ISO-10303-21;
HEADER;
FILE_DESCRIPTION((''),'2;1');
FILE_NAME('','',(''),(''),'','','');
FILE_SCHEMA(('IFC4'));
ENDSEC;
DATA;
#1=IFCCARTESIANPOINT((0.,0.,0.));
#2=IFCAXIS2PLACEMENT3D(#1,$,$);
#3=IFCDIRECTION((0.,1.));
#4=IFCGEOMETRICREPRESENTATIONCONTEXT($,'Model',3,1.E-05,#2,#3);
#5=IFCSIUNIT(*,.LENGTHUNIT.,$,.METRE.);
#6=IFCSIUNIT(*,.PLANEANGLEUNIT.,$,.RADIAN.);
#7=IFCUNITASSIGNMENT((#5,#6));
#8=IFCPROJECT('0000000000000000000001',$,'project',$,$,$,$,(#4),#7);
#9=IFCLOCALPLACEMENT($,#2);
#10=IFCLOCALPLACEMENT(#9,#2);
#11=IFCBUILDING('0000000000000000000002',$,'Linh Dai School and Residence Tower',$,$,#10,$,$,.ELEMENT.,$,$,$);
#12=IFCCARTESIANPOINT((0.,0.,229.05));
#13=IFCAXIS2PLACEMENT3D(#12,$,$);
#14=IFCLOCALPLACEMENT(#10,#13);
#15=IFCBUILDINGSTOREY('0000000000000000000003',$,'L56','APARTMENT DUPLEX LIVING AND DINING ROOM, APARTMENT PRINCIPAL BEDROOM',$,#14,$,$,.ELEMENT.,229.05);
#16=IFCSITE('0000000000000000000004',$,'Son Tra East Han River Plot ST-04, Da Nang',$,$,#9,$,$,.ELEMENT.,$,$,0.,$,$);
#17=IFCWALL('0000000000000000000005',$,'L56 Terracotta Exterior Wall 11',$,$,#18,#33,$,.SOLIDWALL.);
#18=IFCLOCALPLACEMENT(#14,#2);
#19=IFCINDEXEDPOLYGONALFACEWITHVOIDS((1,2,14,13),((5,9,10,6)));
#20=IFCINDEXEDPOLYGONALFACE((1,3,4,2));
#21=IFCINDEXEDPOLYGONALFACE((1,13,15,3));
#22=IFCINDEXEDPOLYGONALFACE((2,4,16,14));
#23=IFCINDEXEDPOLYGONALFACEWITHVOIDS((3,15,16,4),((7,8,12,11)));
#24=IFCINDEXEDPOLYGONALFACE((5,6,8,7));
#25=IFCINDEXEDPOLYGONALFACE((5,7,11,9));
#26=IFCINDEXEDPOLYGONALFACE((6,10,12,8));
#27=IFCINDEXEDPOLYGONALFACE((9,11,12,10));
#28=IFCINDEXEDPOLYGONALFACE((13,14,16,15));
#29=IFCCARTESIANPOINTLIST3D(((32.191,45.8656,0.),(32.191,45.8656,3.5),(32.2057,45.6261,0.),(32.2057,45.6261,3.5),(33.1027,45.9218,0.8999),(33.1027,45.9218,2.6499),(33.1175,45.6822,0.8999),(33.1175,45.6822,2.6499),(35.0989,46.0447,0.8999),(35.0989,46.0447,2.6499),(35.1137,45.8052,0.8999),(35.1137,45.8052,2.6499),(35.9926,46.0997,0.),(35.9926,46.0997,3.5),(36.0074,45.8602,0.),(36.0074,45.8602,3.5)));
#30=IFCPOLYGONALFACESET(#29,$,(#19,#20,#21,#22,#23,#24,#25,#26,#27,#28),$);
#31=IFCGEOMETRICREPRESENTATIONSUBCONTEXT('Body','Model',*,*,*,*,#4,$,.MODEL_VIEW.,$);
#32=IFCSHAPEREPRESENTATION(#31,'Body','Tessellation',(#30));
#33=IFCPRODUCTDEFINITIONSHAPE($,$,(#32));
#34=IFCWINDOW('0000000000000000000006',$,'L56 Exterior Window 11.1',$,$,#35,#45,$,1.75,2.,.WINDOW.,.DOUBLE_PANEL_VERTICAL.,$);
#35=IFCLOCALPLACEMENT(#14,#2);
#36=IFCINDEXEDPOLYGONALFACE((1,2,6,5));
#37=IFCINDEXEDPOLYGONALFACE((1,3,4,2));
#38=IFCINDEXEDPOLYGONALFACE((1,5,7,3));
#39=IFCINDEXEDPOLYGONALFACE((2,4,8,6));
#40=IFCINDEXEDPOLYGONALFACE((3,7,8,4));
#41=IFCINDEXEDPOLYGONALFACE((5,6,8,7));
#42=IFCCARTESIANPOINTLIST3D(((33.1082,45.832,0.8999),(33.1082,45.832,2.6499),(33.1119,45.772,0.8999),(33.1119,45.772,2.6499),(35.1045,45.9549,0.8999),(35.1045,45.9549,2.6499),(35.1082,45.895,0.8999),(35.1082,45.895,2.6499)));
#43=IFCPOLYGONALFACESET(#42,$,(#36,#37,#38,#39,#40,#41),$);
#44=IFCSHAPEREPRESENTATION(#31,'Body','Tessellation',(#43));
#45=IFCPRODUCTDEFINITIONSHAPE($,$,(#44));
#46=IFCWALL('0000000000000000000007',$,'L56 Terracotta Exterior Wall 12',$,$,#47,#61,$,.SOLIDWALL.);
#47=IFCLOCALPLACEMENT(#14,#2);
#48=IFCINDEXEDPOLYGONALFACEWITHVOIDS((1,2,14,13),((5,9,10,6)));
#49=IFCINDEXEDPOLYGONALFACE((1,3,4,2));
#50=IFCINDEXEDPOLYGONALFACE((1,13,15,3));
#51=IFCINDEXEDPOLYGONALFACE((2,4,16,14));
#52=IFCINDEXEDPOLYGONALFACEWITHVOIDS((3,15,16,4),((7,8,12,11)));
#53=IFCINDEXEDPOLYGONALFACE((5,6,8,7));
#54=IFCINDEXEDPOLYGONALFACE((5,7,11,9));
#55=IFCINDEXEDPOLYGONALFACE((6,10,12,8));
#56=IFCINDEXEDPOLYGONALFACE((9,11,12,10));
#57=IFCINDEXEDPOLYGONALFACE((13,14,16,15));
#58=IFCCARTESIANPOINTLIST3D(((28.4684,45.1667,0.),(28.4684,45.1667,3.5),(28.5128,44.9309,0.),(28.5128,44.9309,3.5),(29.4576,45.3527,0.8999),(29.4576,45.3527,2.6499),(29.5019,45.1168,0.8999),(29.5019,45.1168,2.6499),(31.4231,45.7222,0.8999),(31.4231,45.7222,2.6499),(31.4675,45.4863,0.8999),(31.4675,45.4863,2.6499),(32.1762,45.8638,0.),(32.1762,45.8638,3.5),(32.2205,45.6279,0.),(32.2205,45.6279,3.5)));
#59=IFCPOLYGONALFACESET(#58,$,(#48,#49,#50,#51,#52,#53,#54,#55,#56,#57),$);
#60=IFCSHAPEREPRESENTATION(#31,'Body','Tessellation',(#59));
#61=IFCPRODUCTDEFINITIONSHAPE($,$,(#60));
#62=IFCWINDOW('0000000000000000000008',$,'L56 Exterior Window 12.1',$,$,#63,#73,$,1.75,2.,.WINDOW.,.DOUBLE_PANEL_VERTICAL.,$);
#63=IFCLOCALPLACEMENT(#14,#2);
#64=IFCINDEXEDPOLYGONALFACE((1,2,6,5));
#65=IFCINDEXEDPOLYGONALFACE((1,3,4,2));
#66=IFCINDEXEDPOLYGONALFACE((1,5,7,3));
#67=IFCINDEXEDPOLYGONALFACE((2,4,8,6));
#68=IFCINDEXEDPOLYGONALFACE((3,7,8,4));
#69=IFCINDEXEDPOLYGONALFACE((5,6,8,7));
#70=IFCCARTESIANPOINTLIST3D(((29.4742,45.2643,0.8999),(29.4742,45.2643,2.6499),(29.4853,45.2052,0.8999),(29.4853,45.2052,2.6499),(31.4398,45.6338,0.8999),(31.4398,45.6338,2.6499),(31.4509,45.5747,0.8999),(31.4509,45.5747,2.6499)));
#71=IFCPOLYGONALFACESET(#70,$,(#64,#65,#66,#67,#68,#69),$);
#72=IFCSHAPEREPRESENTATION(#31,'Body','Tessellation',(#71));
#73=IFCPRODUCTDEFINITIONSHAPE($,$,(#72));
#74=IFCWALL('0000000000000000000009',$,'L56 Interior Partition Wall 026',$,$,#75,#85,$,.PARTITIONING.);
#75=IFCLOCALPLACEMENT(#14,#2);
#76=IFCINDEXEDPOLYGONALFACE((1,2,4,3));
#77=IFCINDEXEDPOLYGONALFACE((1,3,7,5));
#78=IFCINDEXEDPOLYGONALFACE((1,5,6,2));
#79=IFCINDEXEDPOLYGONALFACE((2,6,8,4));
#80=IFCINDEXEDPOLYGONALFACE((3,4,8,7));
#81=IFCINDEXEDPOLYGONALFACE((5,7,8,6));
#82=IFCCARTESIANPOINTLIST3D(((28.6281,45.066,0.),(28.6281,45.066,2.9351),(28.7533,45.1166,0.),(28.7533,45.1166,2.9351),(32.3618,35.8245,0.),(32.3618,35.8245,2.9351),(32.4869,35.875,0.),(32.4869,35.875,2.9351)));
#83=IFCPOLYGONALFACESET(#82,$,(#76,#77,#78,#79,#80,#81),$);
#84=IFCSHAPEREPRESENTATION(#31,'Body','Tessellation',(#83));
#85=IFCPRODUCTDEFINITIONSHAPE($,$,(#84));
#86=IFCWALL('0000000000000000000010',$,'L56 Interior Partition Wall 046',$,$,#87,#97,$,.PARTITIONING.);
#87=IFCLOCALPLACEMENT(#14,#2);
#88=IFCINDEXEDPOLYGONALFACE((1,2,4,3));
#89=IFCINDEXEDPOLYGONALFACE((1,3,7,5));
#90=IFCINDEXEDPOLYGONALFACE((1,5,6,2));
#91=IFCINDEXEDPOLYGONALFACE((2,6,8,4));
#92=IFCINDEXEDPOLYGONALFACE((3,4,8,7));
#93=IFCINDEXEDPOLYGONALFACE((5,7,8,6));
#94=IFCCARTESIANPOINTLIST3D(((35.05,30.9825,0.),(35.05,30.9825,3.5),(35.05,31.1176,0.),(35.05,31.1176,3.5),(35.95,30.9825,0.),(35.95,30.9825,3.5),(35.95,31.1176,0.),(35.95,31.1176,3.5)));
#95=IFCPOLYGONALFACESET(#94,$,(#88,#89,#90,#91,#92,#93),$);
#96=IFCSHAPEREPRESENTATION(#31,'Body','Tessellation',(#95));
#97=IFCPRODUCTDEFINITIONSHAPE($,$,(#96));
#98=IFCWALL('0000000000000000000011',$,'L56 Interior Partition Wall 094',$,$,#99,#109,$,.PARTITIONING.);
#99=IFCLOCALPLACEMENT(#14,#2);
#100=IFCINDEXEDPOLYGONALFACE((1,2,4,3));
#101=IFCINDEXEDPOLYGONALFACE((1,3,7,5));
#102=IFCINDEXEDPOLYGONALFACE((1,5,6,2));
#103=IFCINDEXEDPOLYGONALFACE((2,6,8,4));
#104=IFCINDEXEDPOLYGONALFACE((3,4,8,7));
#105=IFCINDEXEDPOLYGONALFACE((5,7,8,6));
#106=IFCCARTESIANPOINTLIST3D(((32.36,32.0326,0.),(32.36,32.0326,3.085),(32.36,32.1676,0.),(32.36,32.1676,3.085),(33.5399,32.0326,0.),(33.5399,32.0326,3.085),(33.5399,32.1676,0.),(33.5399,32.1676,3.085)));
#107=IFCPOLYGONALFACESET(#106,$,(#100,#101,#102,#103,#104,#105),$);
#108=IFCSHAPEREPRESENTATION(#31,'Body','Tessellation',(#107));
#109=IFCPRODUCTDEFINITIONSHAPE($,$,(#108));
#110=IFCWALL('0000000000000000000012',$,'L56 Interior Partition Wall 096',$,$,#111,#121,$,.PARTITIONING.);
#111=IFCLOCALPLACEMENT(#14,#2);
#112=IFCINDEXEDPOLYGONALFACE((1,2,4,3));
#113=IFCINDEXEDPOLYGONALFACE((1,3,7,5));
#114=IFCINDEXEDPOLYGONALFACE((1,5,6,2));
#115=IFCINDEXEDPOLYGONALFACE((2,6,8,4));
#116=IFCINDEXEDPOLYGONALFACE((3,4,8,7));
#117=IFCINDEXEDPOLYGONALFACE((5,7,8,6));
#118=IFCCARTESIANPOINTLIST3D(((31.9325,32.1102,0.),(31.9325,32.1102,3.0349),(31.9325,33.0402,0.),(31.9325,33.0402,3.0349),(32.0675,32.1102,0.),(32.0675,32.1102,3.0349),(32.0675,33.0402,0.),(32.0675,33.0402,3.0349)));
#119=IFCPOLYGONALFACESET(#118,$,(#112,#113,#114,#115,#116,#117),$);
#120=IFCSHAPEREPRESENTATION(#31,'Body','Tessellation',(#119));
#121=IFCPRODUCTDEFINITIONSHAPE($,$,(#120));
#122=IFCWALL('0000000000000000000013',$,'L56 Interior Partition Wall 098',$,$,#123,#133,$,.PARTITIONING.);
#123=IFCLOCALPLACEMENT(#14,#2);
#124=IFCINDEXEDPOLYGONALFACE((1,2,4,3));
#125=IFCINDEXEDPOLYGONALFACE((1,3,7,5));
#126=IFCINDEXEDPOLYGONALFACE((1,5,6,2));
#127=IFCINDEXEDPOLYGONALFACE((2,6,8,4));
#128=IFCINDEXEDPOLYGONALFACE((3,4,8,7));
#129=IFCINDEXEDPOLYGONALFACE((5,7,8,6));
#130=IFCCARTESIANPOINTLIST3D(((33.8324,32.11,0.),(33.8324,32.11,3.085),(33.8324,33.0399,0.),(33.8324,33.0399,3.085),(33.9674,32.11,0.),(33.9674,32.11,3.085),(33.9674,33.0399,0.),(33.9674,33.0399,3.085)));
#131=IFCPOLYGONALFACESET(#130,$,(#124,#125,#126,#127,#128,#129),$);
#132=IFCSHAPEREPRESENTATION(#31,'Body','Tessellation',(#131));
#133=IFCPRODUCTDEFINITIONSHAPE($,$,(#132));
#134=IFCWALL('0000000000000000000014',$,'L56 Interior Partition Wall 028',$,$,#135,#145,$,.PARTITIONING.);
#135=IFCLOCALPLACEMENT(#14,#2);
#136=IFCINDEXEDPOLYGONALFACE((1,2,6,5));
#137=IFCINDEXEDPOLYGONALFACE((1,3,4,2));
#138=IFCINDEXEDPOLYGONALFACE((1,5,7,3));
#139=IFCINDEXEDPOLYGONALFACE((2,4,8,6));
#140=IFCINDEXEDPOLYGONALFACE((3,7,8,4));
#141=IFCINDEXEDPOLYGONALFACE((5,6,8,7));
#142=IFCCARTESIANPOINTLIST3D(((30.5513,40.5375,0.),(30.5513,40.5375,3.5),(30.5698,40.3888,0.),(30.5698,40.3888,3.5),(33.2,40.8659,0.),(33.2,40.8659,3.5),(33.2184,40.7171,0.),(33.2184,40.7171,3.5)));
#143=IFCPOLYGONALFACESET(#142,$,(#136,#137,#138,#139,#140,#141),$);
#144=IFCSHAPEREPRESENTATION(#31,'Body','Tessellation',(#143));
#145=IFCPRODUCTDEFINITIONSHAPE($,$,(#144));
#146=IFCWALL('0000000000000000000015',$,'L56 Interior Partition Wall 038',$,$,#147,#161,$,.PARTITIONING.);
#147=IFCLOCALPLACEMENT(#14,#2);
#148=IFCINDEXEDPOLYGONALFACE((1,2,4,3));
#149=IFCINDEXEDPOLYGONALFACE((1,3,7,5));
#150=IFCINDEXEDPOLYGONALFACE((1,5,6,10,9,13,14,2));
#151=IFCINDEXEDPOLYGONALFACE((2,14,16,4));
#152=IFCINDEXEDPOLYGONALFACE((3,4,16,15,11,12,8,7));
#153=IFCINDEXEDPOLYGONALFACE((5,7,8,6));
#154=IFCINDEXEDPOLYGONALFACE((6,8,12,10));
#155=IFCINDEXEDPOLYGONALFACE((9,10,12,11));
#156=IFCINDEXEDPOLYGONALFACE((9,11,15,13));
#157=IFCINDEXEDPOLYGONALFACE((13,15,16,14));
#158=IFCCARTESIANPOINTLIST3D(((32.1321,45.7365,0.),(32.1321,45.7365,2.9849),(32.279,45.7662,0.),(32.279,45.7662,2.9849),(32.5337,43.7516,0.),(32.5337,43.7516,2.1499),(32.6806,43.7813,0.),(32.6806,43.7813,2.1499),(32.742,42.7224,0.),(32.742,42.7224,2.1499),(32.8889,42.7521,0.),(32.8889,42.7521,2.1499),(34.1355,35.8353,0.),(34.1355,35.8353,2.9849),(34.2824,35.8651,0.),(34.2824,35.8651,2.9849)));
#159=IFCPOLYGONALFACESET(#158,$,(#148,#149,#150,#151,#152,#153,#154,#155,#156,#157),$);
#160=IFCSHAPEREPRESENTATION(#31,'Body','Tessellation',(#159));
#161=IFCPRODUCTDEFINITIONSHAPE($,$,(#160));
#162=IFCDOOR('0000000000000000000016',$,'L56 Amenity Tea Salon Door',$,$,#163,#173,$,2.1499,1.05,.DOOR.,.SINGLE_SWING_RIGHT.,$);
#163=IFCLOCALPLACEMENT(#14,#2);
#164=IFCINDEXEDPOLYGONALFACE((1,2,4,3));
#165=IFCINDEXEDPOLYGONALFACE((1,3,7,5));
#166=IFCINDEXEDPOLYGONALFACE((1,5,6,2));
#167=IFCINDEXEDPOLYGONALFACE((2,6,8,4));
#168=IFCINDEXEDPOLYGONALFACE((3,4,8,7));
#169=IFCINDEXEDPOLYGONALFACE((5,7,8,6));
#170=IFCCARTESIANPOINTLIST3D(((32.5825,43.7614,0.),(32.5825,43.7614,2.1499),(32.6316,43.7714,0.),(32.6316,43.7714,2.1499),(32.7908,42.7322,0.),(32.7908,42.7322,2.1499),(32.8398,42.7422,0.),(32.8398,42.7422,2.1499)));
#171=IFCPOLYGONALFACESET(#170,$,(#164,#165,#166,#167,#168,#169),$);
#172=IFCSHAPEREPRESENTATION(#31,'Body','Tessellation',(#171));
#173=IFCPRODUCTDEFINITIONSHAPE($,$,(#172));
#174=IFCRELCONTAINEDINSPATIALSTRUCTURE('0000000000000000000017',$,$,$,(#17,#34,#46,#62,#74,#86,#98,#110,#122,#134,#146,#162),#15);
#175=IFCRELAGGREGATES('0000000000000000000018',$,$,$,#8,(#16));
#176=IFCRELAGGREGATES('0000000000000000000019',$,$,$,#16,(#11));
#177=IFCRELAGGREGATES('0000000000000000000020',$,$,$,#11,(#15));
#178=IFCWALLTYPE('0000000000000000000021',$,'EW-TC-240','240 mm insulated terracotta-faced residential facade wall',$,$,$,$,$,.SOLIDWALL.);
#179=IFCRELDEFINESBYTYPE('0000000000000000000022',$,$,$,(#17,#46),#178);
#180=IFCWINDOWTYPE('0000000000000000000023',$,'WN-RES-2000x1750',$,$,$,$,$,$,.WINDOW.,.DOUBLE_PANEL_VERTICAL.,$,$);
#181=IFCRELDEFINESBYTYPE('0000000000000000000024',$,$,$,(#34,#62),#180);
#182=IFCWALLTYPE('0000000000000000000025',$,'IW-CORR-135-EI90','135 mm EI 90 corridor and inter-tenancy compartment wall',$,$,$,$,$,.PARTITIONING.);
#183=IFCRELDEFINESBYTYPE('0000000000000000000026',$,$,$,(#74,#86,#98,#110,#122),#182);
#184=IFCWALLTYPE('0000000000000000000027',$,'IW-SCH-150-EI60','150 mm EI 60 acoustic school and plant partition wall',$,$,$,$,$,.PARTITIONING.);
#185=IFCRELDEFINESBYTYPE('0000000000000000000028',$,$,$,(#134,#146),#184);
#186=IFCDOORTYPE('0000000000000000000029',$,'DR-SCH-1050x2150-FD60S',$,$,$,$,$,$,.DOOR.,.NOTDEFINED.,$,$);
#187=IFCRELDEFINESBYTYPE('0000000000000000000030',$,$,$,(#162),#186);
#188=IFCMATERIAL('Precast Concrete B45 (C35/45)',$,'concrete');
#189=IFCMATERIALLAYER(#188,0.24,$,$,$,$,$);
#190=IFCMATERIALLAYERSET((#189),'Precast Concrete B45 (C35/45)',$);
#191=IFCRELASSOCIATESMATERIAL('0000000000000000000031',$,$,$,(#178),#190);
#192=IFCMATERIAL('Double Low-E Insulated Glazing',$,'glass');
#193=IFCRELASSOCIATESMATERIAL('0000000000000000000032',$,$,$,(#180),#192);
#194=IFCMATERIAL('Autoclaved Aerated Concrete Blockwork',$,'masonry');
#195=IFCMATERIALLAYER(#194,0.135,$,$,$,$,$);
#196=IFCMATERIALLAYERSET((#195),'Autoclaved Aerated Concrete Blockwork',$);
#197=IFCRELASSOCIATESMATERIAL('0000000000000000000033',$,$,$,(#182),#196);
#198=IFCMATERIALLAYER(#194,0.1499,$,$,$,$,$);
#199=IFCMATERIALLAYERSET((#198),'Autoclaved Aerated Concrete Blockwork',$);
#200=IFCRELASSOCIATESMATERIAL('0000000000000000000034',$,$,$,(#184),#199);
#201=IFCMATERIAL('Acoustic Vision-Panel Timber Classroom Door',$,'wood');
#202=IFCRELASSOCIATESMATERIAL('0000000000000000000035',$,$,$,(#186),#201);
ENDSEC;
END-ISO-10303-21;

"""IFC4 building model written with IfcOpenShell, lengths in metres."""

from ifc_helpers import new_model, si_unit, direction, frame, frame_2d, origin, origin_2d, place, context, subcontext, project, spatial, rectangle, extrude, source, transform, mapped, material, layer, layer_set, type_object, element, fill, save


model = new_model("IFC4")

# Units and contexts
model_context = context("Model", 3, precision=1e-05, world=origin(), true_north=direction((0.0, 1.0)))
body_context = subcontext(model_context, "Body", "Model", "MODEL_VIEW")
ifc_project = project(units=[si_unit("LENGTHUNIT", "METRE"), si_unit("PLANEANGLEUNIT", "RADIAN")], contexts=[model_context])

# Site, building, storey
site_placement = place(None, origin())
site = spatial("IfcSite", under=ifc_project, at=site_placement, Name="Son Tra East Han River Plot ST-04, Da Nang", CompositionType="ELEMENT", RefElevation=0.0)
building_placement = place(site_placement, origin())
building = spatial("IfcBuilding", under=site, at=building_placement, Name="Linh Dai School and Residence Tower", CompositionType="ELEMENT")
storey_placement = place(building_placement, frame((0.0, 0.0, 229.05)))
storey = spatial("IfcBuildingStorey", under=building, at=storey_placement, Name="L56", Description="APARTMENT DUPLEX LIVING AND DINING ROOM, APARTMENT PRINCIPAL BEDROOM", CompositionType="ELEMENT", Elevation=229.05)

# Walls, openings, windows
ifc_material_1 = material(Name="Precast Concrete B45 (C35/45)", Category="concrete")
ifc_layer_1 = layer(ifc_material_1, 0.24)
ifc_layer_set_1 = layer_set([ifc_layer_1], Name="Precast Concrete B45 (C35/45)")
wall_type_1 = type_object("IfcWallType", Name="EW-TC-240", Description="240 mm insulated terracotta-faced residential facade wall", PredefinedType="SOLIDWALL", material=ifc_layer_set_1)
wall_1_placement = place(storey_placement, frame((32.1985, 45.7458, 0.0), z_axis=(0.0, 0.0, 1.0), x_axis=(0.998109, 0.061472, 0.0)))
wall_1 = element("IfcWall", 1, at=wall_1_placement, inside=storey, type_object=wall_type_1, Name="L56 Terracotta Exterior Wall 11", PredefinedType="SOLIDWALL", context=body_context, shape_type="SweptSolid", body=[
    extrude(rectangle(XDim=3.8088, YDim=0.24, at=frame_2d((1.9043, 0.0))), origin(), (0.0, 0.0, 1.0), 3.5),
])
opening_1_placement = place(wall_1_placement, frame((0.9133, 0.0, 0.8999)))
opening_1 = element("IfcOpeningElement", 2, at=opening_1_placement, cuts=wall_1, PredefinedType="OPENING", context=body_context, shape_type="SweptSolid", body=[
    extrude(rectangle(XDim=2.0, YDim=1.75, at=origin_2d()), frame((1.0, 0.1299, 0.875), z_axis=(0.0, -1.0, 0.0), x_axis=(1.0, 0.0, 0.0)), (0.0, 0.0, 1.0), 0.26),
])
ifc_material_2 = material(Name="Double Low-E Insulated Glazing", Category="glass")
window_type = type_object("IfcWindowType", Name="WN-RES-2000x1750", PartitioningType="DOUBLE_PANEL_VERTICAL", PredefinedType="WINDOW", material=ifc_material_2)
shared_shape_1 = source(origin(), body_context, "Body", "SweptSolid", [
    extrude(rectangle(XDim=2.0, YDim=1.75, at=origin_2d()), frame((1.0, 0.03, 0.875), z_axis=(0.0, -1.0, 0.0), x_axis=(1.0, 0.0, 0.0)), (0.0, 0.0, 1.0), 0.0601),
])
window_1_placement = place(opening_1_placement, origin())
window_1 = element("IfcWindow", 3, at=window_1_placement, inside=storey, type_object=window_type, Name="L56 Exterior Window 11.1", OverallHeight=1.75, OverallWidth=2.0, PartitioningType="DOUBLE_PANEL_VERTICAL", PredefinedType="WINDOW", context=body_context, shape_type="MappedRepresentation", body=[
    mapped(shared_shape_1, transform((0.0, 0.0, 0.0), x_axis=(1.0, 0.0, 0.0), y_axis=(0.0, 1.0, 0.0), z_axis=(0.0, 0.0, 1.0), scale=1.0)),
])
fill(opening_1, window_1)
wall_2_placement = place(storey_placement, frame((28.4907, 45.0488, 0.0), z_axis=(0.0, 0.0, 1.0), x_axis=(0.982785, 0.184753, 0.0)))
wall_2 = element("IfcWall", 4, at=wall_2_placement, inside=storey, type_object=wall_type_1, Name="L56 Terracotta Exterior Wall 12", PredefinedType="SOLIDWALL", context=body_context, shape_type="SweptSolid", body=[
    extrude(rectangle(XDim=3.7727, YDim=0.24, at=frame_2d((1.8862, 0.0))), origin(), (0.0, 0.0, 1.0), 3.5),
])
opening_2_placement = place(wall_2_placement, frame((1.0063, 0.0, 0.8999)))
opening_2 = element("IfcOpeningElement", 5, at=opening_2_placement, cuts=wall_2, PredefinedType="OPENING", context=body_context, shape_type="SweptSolid", body=[
    extrude(rectangle(XDim=2.0, YDim=1.75, at=origin_2d()), frame((1.0, 0.1299, 0.875), z_axis=(0.0, -1.0, 0.0), x_axis=(1.0, 0.0, 0.0)), (0.0, 0.0, 1.0), 0.26),
])
window_2_placement = place(opening_2_placement, origin())
window_2 = element("IfcWindow", 6, at=window_2_placement, inside=storey, type_object=window_type, Name="L56 Exterior Window 12.1", OverallHeight=1.75, OverallWidth=2.0, PartitioningType="DOUBLE_PANEL_VERTICAL", PredefinedType="WINDOW", context=body_context, shape_type="MappedRepresentation", body=[
    mapped(shared_shape_1, transform((0.0, 0.0, 0.0), x_axis=(1.0, 0.0, 0.0), y_axis=(0.0, 1.0, 0.0), z_axis=(0.0, 0.0, 1.0), scale=1.0)),
])
fill(opening_2, window_2)

# Walls
ifc_material_3 = material(Name="Autoclaved Aerated Concrete Blockwork", Category="masonry")
ifc_layer_2 = layer(ifc_material_3, 0.135)
ifc_layer_set_2 = layer_set([ifc_layer_2], Name="Autoclaved Aerated Concrete Blockwork")
wall_type_2 = type_object("IfcWallType", Name="IW-CORR-135-EI90", Description="135 mm EI 90 corridor and inter-tenancy compartment wall", PredefinedType="PARTITIONING", material=ifc_layer_set_2)
wall_3_placement = place(storey_placement, frame((28.6907, 45.0913, 0.0), z_axis=(0.0, 0.0, 1.0), x_axis=(0.374594, -0.927189, 0.0)))
element("IfcWall", 7, at=wall_3_placement, inside=storey, type_object=wall_type_2, Name="L56 Interior Partition Wall 026", PredefinedType="PARTITIONING", context=body_context, shape_type="SweptSolid", body=[
    extrude(rectangle(XDim=9.9673, YDim=0.135, at=frame_2d((4.9836, 0.0))), origin(), (0.0, 0.0, 1.0), 2.9351),
])
wall_4_placement = place(storey_placement, frame((35.05, 31.05, 0.0), z_axis=(0.0, 0.0, 1.0), x_axis=(1.0, 0.0, 0.0)))
element("IfcWall", 8, at=wall_4_placement, inside=storey, type_object=wall_type_2, Name="L56 Interior Partition Wall 046", PredefinedType="PARTITIONING", context=body_context, shape_type="SweptSolid", body=[
    extrude(rectangle(XDim=0.8999, YDim=0.135, at=frame_2d((0.45, 0.0))), origin(), (0.0, 0.0, 1.0), 3.5),
])
wall_5_placement = place(storey_placement, frame((32.3601, 32.1001, 0.0), z_axis=(0.0, 0.0, 1.0), x_axis=(1.0, 0.0, 0.0)))
element("IfcWall", 9, at=wall_5_placement, inside=storey, type_object=wall_type_2, Name="L56 Interior Partition Wall 094", PredefinedType="PARTITIONING", context=body_context, shape_type="SweptSolid", body=[
    extrude(rectangle(XDim=1.1799, YDim=0.135, at=frame_2d((0.5898, 0.0))), origin(), (0.0, 0.0, 1.0), 3.085),
])
wall_6_placement = place(storey_placement, frame((32.0, 33.04, 0.0), z_axis=(0.0, 0.0, 1.0), x_axis=(0.0, -1.0, 0.0)))
element("IfcWall", 10, at=wall_6_placement, inside=storey, type_object=wall_type_2, Name="L56 Interior Partition Wall 096", PredefinedType="PARTITIONING", context=body_context, shape_type="SweptSolid", body=[
    extrude(rectangle(XDim=0.9299, YDim=0.135, at=frame_2d((0.4648, 0.0))), origin(), (0.0, 0.0, 1.0), 3.0349),
])
wall_7_placement = place(storey_placement, frame((33.8999, 32.1101, 0.0), z_axis=(0.0, 0.0, 1.0), x_axis=(0.0, 1.0, 0.0)))
element("IfcWall", 11, at=wall_7_placement, inside=storey, type_object=wall_type_2, Name="L56 Interior Partition Wall 098", PredefinedType="PARTITIONING", context=body_context, shape_type="SweptSolid", body=[
    extrude(rectangle(XDim=0.9299, YDim=0.135, at=frame_2d((0.4648, 0.0))), origin(), (0.0, 0.0, 1.0), 3.085),
])
ifc_layer_3 = layer(ifc_material_3, 0.1499)
ifc_layer_set_3 = layer_set([ifc_layer_3], Name="Autoclaved Aerated Concrete Blockwork")
wall_type_3 = type_object("IfcWallType", Name="IW-SCH-150-EI60", Description="150 mm EI 60 acoustic school and plant partition wall", PredefinedType="PARTITIONING", material=ifc_layer_set_3)
wall_8_placement = place(storey_placement, frame((30.5605, 40.4631, 0.0), z_axis=(0.0, 0.0, 1.0), x_axis=(0.992403, 0.123033, 0.0)))
element("IfcWall", 12, at=wall_8_placement, inside=storey, type_object=wall_type_3, Name="L56 Interior Partition Wall 028", PredefinedType="PARTITIONING", context=body_context, shape_type="SweptSolid", body=[
    extrude(rectangle(XDim=2.6689, YDim=0.1499, at=frame_2d((1.3345, 0.0))), origin(), (0.0, 0.0, 1.0), 3.5),
])

# Wall, opening, door
wall_9_placement = place(storey_placement, frame((32.2056, 45.7512, 0.0), z_axis=(0.0, 0.0, 1.0), x_axis=(0.198323, -0.980137, 0.0)))
wall_9 = element("IfcWall", 13, at=wall_9_placement, inside=storey, type_object=wall_type_3, Name="L56 Interior Partition Wall 038", PredefinedType="PARTITIONING", context=body_context, shape_type="SweptSolid", body=[
    extrude(rectangle(XDim=10.1018, YDim=0.1499, at=frame_2d((5.0508, 0.0))), origin(), (0.0, 0.0, 1.0), 2.9849),
])
opening_3_placement = place(wall_9_placement, frame((2.0251, 0.0, 0.0)))
opening_3 = element("IfcOpeningElement", 14, at=opening_3_placement, cuts=wall_9, PredefinedType="OPENING", context=body_context, shape_type="SweptSolid", body=[
    extrude(rectangle(XDim=1.05, YDim=2.1499, at=origin_2d()), frame((0.5249, 0.085, 1.075), z_axis=(0.0, -1.0, 0.0), x_axis=(1.0, 0.0, 0.0)), (0.0, 0.0, 1.0), 0.1699),
])
ifc_material_4 = material(Name="Acoustic Vision-Panel Timber Classroom Door", Category="wood")
door_type_1 = type_object("IfcDoorType", Name="DR-SCH-1050x2150-FD60S", OperationType="NOTDEFINED", PredefinedType="DOOR", material=ifc_material_4)
shared_shape_2 = source(origin(), body_context, "Body", "SweptSolid", [
    extrude(rectangle(XDim=1.05, YDim=2.1499, at=origin_2d()), frame((0.5249, 0.0249, 1.075), z_axis=(0.0, -1.0, 0.0), x_axis=(1.0, 0.0, 0.0)), (0.0, 0.0, 1.0), 0.05),
])
door_1_placement = place(opening_3_placement, origin())
door_1 = element("IfcDoor", 15, at=door_1_placement, inside=storey, type_object=door_type_1, Name="L56 Amenity Tea Salon Door", OperationType="SINGLE_SWING_RIGHT", OverallHeight=2.1499, OverallWidth=1.05, PredefinedType="DOOR", context=body_context, shape_type="MappedRepresentation", body=[
    mapped(shared_shape_2, transform((0.0, 0.0, 0.0), x_axis=(1.0, 0.0, 0.0), y_axis=(0.0, 1.0, 0.0), z_axis=(0.0, 0.0, 1.0), scale=1.0)),
])
fill(opening_3, door_1)

save(model, "model.ifc")
